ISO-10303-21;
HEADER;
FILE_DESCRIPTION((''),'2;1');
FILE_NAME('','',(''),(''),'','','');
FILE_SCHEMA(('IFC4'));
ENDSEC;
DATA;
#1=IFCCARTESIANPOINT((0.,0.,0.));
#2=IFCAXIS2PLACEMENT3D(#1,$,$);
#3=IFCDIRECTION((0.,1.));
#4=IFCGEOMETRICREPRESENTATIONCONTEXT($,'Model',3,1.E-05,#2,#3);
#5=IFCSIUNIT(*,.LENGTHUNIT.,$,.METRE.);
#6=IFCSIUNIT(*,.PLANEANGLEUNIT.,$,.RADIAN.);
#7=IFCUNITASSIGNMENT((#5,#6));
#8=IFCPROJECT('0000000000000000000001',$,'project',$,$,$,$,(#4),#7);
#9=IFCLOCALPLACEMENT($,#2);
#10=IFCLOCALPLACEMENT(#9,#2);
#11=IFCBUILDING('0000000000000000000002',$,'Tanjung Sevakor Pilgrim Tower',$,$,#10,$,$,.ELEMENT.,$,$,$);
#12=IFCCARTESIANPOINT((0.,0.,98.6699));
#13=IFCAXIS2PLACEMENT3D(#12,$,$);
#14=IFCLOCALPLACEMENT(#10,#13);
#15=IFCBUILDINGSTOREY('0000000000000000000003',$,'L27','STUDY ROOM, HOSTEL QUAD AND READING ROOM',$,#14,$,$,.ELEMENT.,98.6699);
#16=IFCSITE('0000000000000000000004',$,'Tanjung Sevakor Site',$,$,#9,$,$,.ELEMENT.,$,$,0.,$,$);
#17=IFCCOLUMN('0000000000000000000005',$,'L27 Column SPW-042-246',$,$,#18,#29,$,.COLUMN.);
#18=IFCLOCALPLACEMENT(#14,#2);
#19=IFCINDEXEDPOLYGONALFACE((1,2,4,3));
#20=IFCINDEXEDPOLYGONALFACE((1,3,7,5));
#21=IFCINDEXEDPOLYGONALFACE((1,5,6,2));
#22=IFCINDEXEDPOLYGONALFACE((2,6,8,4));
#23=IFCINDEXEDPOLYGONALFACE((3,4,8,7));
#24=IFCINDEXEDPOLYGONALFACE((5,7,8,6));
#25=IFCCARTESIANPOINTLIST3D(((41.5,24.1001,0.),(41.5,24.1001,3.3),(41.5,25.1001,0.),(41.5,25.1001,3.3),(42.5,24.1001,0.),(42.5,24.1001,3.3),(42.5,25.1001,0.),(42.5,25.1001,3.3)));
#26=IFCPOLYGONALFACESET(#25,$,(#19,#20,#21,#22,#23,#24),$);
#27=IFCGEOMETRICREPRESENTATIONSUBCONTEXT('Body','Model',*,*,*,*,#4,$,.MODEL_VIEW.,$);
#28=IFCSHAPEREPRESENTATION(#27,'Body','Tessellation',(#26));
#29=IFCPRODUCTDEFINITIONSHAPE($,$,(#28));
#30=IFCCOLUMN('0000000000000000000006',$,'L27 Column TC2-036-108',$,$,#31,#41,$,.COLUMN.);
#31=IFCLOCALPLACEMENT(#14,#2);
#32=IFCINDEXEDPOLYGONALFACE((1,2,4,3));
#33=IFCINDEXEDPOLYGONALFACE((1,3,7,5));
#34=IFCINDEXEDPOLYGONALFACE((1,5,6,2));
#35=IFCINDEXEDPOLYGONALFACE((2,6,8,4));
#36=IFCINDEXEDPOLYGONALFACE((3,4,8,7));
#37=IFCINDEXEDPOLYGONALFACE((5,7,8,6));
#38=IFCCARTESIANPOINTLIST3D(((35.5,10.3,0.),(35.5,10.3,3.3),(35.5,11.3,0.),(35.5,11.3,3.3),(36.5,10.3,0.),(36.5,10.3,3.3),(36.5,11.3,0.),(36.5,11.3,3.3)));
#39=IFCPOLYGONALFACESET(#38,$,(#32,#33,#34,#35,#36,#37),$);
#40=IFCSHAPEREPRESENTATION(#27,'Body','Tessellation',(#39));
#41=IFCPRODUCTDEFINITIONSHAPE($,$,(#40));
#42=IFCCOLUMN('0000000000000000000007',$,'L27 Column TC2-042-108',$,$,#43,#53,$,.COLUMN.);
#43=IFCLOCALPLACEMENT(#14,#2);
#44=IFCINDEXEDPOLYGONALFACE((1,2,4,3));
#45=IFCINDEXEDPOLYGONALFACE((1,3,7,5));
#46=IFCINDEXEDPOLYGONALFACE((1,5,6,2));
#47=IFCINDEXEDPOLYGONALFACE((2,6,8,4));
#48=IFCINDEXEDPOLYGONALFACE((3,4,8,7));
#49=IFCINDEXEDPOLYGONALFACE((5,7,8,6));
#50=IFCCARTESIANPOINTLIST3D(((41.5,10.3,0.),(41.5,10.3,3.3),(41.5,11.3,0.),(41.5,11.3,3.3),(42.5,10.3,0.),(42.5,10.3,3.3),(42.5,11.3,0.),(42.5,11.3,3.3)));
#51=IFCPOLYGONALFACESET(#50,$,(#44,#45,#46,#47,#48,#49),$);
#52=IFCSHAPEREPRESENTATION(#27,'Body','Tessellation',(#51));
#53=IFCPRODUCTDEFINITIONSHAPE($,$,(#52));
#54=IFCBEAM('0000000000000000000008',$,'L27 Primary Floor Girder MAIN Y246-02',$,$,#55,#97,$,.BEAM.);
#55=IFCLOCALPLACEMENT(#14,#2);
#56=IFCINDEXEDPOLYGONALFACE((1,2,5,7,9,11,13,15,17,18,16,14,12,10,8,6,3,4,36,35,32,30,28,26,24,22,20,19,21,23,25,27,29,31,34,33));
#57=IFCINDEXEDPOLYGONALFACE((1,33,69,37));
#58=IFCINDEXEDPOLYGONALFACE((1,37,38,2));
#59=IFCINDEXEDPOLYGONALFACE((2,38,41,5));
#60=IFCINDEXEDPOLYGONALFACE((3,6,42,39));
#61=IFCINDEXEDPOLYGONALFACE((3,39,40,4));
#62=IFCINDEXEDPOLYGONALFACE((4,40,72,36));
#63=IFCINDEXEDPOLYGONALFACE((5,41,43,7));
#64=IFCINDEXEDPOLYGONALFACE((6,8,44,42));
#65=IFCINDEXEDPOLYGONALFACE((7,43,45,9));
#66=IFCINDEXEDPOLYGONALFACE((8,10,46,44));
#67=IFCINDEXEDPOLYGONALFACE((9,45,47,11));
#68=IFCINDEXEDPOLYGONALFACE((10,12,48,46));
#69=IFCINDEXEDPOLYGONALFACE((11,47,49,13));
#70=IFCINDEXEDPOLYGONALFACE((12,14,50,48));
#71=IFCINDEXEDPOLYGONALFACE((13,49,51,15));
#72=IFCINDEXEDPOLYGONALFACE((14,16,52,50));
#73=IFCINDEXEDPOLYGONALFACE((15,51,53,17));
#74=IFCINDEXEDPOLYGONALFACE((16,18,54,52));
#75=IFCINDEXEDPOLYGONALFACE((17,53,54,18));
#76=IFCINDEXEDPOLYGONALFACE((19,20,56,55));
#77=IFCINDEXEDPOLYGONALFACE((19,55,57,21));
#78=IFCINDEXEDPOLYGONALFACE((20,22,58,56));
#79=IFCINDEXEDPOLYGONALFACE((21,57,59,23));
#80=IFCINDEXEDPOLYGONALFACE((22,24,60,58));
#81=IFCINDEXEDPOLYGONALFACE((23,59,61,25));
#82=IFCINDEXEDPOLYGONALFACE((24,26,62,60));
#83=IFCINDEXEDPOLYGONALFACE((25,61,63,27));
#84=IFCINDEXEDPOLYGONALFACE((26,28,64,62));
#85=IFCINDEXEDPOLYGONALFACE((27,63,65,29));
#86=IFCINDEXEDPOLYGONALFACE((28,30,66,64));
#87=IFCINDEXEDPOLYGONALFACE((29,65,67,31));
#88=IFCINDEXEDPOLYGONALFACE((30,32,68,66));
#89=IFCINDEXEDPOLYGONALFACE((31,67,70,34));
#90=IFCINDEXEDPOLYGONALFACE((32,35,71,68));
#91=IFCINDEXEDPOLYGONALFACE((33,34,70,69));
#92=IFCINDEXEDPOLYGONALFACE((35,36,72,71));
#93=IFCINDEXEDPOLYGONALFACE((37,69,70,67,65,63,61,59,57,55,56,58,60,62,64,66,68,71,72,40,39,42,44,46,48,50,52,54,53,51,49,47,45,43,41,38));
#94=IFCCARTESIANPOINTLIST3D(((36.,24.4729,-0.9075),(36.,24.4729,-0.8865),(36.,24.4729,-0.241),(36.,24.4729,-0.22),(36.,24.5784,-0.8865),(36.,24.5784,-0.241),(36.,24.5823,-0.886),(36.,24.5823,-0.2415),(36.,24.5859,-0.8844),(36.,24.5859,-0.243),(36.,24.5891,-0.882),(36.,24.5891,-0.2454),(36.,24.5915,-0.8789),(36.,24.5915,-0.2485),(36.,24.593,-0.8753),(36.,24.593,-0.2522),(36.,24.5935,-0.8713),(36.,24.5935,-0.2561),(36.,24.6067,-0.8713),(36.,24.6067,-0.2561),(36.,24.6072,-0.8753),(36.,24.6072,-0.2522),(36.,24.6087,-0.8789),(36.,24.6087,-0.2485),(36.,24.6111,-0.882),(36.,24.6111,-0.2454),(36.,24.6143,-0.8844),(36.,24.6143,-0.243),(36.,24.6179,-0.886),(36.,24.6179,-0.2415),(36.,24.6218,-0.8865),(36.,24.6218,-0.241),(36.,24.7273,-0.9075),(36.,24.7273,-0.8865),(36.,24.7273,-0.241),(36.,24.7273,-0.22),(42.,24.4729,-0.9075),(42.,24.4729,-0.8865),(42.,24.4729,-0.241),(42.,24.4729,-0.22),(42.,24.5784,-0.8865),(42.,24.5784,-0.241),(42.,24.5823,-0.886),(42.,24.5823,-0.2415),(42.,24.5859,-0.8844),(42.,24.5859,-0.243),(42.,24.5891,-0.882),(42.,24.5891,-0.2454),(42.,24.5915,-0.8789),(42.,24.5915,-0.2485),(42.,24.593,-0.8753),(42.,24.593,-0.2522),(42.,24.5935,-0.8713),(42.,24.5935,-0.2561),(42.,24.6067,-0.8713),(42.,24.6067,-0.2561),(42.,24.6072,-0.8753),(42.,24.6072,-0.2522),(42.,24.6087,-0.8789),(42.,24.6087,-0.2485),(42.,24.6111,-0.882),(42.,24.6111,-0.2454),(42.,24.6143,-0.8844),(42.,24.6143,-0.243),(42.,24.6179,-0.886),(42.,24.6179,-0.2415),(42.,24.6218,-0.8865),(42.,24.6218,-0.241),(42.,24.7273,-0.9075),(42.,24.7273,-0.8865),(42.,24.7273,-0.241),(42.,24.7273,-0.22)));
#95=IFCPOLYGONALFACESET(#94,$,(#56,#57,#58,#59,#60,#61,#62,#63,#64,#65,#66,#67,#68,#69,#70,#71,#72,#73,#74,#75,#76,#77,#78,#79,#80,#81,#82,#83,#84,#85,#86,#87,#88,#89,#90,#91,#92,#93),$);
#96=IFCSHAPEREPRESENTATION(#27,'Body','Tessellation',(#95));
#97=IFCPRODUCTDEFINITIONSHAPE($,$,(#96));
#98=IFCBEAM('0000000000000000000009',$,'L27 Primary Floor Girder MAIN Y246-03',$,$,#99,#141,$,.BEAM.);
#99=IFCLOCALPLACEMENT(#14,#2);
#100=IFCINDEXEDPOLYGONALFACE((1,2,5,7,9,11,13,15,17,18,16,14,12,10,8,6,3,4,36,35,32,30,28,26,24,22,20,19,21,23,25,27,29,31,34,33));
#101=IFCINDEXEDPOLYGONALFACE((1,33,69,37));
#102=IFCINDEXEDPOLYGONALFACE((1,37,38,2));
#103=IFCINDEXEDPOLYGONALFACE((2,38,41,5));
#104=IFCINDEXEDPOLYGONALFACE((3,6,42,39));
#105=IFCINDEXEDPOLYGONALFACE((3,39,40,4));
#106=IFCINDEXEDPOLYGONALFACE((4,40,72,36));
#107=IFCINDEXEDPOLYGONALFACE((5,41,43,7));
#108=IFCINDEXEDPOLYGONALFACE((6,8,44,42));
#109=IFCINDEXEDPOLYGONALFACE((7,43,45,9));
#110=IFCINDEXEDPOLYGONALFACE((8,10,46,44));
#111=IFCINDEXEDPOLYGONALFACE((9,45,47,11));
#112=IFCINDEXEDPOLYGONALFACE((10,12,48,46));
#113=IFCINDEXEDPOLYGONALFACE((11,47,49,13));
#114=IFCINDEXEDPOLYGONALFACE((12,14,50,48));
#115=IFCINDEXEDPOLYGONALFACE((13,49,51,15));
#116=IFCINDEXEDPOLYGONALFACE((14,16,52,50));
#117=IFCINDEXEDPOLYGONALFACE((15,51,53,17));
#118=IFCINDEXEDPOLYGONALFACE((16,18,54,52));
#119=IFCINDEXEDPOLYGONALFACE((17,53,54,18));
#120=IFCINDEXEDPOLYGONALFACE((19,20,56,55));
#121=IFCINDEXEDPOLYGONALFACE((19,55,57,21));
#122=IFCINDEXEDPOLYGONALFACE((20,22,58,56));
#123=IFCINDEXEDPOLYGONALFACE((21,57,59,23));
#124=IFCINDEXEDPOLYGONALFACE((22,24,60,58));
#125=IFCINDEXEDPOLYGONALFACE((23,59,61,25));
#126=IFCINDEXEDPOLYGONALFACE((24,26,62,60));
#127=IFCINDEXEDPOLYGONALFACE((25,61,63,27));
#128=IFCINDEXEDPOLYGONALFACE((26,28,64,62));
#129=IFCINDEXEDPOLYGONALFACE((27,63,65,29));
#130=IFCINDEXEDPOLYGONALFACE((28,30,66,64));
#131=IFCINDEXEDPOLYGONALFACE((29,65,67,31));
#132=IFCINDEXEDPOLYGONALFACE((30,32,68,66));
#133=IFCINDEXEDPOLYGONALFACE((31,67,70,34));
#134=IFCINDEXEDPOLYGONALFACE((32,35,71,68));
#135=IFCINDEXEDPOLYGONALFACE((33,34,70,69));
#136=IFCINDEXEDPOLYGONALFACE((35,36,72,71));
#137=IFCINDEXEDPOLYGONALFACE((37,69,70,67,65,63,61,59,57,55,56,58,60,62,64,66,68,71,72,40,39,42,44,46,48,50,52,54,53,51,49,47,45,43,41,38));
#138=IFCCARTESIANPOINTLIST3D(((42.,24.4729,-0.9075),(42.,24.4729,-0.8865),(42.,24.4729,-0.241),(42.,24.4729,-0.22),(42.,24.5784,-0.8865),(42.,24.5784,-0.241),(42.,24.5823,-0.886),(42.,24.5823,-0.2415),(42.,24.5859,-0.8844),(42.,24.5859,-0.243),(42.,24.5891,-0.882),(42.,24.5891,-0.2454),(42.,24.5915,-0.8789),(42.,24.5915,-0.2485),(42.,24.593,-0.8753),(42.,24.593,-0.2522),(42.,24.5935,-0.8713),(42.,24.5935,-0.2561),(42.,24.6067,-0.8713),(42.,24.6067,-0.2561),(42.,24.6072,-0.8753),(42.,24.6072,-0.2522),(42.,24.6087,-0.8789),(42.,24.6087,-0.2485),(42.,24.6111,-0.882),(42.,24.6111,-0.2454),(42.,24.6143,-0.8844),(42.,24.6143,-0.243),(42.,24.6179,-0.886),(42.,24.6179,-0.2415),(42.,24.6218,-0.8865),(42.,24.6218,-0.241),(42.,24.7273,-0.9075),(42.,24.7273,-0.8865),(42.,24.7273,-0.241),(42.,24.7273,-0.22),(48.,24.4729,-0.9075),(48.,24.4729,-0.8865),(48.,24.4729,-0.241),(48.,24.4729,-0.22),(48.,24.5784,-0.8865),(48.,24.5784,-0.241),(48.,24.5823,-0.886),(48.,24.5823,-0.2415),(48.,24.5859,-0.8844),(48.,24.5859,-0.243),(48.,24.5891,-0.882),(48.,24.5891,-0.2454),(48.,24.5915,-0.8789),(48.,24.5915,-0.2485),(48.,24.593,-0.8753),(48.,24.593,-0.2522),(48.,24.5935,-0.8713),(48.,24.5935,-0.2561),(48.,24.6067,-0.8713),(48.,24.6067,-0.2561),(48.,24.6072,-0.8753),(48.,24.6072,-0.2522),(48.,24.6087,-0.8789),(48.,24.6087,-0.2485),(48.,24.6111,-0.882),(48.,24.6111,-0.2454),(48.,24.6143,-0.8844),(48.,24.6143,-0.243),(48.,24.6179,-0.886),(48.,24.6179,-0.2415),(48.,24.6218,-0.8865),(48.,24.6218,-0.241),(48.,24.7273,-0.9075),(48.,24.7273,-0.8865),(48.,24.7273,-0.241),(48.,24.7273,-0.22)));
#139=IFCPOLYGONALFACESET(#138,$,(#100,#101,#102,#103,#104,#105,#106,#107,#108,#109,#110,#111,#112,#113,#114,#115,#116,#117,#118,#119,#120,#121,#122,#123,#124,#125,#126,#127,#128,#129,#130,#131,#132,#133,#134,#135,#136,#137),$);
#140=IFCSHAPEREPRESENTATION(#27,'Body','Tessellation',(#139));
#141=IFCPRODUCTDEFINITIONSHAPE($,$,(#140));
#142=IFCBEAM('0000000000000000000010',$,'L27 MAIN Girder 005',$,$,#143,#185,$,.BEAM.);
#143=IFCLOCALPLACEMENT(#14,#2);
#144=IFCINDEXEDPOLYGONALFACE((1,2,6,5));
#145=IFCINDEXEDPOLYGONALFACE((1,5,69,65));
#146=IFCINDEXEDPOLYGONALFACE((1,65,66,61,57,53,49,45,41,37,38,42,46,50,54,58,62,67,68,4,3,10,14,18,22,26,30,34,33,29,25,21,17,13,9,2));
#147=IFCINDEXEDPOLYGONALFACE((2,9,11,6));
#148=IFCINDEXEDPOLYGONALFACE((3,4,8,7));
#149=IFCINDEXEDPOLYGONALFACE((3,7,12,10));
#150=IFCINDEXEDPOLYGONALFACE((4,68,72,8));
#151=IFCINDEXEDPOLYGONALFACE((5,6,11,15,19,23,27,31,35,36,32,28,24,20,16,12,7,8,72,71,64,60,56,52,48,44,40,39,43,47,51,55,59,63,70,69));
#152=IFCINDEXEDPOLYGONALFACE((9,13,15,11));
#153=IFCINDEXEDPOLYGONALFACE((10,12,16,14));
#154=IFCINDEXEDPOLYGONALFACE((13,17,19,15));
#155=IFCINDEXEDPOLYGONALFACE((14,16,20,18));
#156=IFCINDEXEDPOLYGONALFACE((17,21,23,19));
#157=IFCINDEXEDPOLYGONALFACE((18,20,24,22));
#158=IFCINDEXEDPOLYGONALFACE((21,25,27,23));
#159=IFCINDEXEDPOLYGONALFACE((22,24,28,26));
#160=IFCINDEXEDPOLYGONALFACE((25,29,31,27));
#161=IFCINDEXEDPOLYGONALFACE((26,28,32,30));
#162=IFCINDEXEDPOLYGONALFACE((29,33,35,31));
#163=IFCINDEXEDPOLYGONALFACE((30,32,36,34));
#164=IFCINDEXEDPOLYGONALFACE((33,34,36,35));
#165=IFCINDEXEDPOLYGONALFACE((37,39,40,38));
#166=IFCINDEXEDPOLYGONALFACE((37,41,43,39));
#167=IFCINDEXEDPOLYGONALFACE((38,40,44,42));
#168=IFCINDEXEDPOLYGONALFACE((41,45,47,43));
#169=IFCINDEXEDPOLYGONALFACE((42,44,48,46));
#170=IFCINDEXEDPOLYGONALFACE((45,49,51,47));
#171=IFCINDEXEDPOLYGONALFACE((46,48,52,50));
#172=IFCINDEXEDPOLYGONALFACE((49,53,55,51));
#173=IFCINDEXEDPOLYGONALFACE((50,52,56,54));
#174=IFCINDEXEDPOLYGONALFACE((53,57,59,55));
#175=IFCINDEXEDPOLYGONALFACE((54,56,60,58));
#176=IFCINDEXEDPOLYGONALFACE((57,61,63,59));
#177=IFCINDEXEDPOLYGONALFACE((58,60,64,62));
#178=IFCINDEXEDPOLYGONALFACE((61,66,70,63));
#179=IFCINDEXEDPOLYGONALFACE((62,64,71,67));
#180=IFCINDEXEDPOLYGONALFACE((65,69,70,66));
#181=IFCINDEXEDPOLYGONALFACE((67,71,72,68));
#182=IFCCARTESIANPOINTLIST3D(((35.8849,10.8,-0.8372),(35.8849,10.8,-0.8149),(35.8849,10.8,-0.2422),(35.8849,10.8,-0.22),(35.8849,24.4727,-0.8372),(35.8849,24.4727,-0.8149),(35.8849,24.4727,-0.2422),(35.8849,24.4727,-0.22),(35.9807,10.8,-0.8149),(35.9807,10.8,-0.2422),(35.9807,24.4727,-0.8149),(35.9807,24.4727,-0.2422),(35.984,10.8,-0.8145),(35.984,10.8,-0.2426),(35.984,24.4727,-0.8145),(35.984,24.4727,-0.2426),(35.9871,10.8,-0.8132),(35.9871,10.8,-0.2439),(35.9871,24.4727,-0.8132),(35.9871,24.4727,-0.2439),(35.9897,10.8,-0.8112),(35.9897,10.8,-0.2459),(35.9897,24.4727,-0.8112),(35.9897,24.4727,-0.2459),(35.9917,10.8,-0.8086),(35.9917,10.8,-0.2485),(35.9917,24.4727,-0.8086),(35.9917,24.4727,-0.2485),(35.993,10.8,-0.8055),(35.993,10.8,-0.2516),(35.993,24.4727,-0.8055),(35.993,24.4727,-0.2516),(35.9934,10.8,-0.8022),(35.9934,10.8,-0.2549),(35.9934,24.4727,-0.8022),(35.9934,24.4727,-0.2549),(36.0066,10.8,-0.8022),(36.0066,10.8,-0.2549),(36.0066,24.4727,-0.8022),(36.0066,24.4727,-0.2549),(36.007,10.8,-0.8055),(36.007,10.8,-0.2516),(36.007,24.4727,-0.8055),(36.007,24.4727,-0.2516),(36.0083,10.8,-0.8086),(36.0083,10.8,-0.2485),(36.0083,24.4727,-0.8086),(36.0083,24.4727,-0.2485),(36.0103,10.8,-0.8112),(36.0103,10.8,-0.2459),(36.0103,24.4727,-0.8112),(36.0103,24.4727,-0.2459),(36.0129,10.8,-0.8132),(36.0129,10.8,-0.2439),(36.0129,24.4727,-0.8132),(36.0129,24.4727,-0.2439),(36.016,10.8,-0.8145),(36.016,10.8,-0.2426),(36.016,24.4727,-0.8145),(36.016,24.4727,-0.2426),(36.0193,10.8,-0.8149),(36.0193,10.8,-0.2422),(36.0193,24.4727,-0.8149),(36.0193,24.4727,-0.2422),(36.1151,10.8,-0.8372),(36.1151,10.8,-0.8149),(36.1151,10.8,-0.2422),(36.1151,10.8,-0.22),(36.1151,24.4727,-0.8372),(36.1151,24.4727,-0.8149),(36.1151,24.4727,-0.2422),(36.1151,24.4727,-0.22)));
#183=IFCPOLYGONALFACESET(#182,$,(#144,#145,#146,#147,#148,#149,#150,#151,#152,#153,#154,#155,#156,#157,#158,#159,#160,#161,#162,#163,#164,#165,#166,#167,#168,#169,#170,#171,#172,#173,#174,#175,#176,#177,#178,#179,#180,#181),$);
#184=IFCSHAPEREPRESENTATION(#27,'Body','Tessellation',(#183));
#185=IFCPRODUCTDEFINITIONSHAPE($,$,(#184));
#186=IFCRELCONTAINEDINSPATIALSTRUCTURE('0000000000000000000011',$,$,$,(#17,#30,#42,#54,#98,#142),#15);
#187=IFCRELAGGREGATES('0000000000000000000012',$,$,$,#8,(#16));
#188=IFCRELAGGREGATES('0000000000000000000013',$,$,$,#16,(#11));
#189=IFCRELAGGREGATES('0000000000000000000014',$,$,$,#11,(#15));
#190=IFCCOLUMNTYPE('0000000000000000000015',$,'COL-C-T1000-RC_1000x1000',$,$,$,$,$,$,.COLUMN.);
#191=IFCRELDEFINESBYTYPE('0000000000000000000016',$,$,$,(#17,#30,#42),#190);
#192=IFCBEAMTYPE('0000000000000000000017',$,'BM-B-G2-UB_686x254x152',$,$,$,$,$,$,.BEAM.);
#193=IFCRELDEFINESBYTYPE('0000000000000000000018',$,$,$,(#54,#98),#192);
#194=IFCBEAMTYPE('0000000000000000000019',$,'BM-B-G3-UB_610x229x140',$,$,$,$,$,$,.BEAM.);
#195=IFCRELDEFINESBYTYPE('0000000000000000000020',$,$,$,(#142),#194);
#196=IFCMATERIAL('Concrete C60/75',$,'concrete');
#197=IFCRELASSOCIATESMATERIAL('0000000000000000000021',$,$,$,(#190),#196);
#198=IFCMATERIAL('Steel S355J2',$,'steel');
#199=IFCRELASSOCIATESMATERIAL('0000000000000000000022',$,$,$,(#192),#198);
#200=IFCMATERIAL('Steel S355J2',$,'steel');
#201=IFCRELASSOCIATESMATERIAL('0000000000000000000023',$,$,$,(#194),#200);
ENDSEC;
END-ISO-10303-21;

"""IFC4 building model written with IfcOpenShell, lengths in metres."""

from ifc_helpers import new_model, si_unit, direction, frame, origin, origin_2d, place, context, subcontext, project, spatial, rectangle, i_section, extrude, material, material_profile, profile_set, type_object, element, save


model = new_model("IFC4")

# Units and contexts
model_context = context("Model", 3, precision=1e-05, world=origin(), true_north=direction((0.0, 1.0)))
body_context = subcontext(model_context, "Body", "Model", "MODEL_VIEW")
ifc_project = project(units=[si_unit("LENGTHUNIT", "METRE"), si_unit("PLANEANGLEUNIT", "RADIAN")], contexts=[model_context])

# Site, building, storey
site_placement = place(None, origin())
site = spatial("IfcSite", under=ifc_project, at=site_placement, Name="Tanjung Sevakor Site", CompositionType="ELEMENT", RefElevation=0.0)
building_placement = place(site_placement, origin())
building = spatial("IfcBuilding", under=site, at=building_placement, Name="Tanjung Sevakor Pilgrim Tower", CompositionType="ELEMENT")
storey_placement = place(building_placement, frame((0.0, 0.0, 98.6699)))
storey = spatial("IfcBuildingStorey", under=building, at=storey_placement, Name="L27", Description="STUDY ROOM, HOSTEL QUAD AND READING ROOM", CompositionType="ELEMENT", Elevation=98.6699)

# Columns
ifc_material_1 = material(Name="Concrete C60/75", Category="concrete")
ifc_material_profile_1 = material_profile(ifc_material_1, rectangle(XDim=1.0, YDim=1.0, at=origin_2d()))
ifc_profile_set_1 = profile_set([ifc_material_profile_1], Name="Concrete C60/75")
column_type = type_object("IfcColumnType", Name="COL-C-T1000-RC_1000x1000", PredefinedType="COLUMN", material=ifc_profile_set_1)
for number, where, z_axis, x_axis, name in (
    (1, (42.0, 24.6001, 0.0), (0.0, 0.0, 1.0), (1.0, 0.0, 0.0), "L27 Column SPW-042-246"),
    (2, (36.0, 10.8, 0.0), (0.0, 0.0, 1.0), (1.0, 0.0, 0.0), "L27 Column TC2-036-108"),
    (3, (42.0, 10.8, 0.0), (0.0, 0.0, 1.0), (1.0, 0.0, 0.0), "L27 Column TC2-042-108"),
):
    element("IfcColumn", number, at=place(storey_placement, frame(where, z_axis=z_axis, x_axis=x_axis)), inside=storey, type_object=column_type, Name=name, PredefinedType="COLUMN", context=body_context, shape_type="SweptSolid", body=[
        extrude(rectangle(XDim=1.0, YDim=1.0, at=origin_2d()), origin(), (0.0, 0.0, 1.0), 3.3),
    ])

# Beams
ifc_material_2 = material(Name="Steel S355J2", Category="steel")
ifc_material_profile_2 = material_profile(ifc_material_2, i_section(OverallWidth=0.2544, OverallDepth=0.6875, WebThickness=0.0132, FlangeThickness=0.021, FilletRadius=0.0151, at=origin_2d()))
ifc_profile_set_2 = profile_set([ifc_material_profile_2], Name="Steel S355J2")
beam_type_1 = type_object("IfcBeamType", Name="BM-B-G2-UB_686x254x152", PredefinedType="BEAM", material=ifc_profile_set_2)
for number, where, z_axis, x_axis, name in (
    (4, (36.0, 24.6001, -0.5637), (1.0, 0.0, 0.0), (0.0, 1.0, 0.0), "L27 Primary Floor Girder MAIN Y246-02"),
    (5, (42.0, 24.6001, -0.5637), (1.0, 0.0, 0.0), (0.0, 1.0, 0.0), "L27 Primary Floor Girder MAIN Y246-03"),
):
    element("IfcBeam", number, at=place(storey_placement, frame(where, z_axis=z_axis, x_axis=x_axis)), inside=storey, type_object=beam_type_1, Name=name, PredefinedType="BEAM", context=body_context, shape_type="SweptSolid", body=[
        extrude(i_section(OverallWidth=0.2544, OverallDepth=0.6875, WebThickness=0.0132, FlangeThickness=0.021, FilletRadius=0.0151, at=origin_2d()), origin(), (0.0, 0.0, 1.0), 6.0),
    ])
ifc_material_3 = material(Name="Steel S355J2", Category="steel")
ifc_material_profile_3 = material_profile(ifc_material_3, i_section(OverallWidth=0.2302, OverallDepth=0.6172, WebThickness=0.0132, FlangeThickness=0.0222, FilletRadius=0.0127, at=origin_2d()))
ifc_profile_set_3 = profile_set([ifc_material_profile_3], Name="Steel S355J2")
beam_type_2 = type_object("IfcBeamType", Name="BM-B-G3-UB_610x229x140", PredefinedType="BEAM", material=ifc_profile_set_3)
beam_1_placement = place(storey_placement, frame((36.0, 10.8, -0.5286), z_axis=(0.0, 1.0, 0.0), x_axis=(-1.0, 0.0, 0.0)))
element("IfcBeam", 6, at=beam_1_placement, inside=storey, type_object=beam_type_2, Name="L27 MAIN Girder 005", PredefinedType="BEAM", context=body_context, shape_type="SweptSolid", body=[
    extrude(i_section(OverallWidth=0.2302, OverallDepth=0.6172, WebThickness=0.0132, FlangeThickness=0.0222, FilletRadius=0.0127, at=origin_2d()), origin(), (0.0, 0.0, 1.0), 13.6726),
])

save(model, "model.ifc")
